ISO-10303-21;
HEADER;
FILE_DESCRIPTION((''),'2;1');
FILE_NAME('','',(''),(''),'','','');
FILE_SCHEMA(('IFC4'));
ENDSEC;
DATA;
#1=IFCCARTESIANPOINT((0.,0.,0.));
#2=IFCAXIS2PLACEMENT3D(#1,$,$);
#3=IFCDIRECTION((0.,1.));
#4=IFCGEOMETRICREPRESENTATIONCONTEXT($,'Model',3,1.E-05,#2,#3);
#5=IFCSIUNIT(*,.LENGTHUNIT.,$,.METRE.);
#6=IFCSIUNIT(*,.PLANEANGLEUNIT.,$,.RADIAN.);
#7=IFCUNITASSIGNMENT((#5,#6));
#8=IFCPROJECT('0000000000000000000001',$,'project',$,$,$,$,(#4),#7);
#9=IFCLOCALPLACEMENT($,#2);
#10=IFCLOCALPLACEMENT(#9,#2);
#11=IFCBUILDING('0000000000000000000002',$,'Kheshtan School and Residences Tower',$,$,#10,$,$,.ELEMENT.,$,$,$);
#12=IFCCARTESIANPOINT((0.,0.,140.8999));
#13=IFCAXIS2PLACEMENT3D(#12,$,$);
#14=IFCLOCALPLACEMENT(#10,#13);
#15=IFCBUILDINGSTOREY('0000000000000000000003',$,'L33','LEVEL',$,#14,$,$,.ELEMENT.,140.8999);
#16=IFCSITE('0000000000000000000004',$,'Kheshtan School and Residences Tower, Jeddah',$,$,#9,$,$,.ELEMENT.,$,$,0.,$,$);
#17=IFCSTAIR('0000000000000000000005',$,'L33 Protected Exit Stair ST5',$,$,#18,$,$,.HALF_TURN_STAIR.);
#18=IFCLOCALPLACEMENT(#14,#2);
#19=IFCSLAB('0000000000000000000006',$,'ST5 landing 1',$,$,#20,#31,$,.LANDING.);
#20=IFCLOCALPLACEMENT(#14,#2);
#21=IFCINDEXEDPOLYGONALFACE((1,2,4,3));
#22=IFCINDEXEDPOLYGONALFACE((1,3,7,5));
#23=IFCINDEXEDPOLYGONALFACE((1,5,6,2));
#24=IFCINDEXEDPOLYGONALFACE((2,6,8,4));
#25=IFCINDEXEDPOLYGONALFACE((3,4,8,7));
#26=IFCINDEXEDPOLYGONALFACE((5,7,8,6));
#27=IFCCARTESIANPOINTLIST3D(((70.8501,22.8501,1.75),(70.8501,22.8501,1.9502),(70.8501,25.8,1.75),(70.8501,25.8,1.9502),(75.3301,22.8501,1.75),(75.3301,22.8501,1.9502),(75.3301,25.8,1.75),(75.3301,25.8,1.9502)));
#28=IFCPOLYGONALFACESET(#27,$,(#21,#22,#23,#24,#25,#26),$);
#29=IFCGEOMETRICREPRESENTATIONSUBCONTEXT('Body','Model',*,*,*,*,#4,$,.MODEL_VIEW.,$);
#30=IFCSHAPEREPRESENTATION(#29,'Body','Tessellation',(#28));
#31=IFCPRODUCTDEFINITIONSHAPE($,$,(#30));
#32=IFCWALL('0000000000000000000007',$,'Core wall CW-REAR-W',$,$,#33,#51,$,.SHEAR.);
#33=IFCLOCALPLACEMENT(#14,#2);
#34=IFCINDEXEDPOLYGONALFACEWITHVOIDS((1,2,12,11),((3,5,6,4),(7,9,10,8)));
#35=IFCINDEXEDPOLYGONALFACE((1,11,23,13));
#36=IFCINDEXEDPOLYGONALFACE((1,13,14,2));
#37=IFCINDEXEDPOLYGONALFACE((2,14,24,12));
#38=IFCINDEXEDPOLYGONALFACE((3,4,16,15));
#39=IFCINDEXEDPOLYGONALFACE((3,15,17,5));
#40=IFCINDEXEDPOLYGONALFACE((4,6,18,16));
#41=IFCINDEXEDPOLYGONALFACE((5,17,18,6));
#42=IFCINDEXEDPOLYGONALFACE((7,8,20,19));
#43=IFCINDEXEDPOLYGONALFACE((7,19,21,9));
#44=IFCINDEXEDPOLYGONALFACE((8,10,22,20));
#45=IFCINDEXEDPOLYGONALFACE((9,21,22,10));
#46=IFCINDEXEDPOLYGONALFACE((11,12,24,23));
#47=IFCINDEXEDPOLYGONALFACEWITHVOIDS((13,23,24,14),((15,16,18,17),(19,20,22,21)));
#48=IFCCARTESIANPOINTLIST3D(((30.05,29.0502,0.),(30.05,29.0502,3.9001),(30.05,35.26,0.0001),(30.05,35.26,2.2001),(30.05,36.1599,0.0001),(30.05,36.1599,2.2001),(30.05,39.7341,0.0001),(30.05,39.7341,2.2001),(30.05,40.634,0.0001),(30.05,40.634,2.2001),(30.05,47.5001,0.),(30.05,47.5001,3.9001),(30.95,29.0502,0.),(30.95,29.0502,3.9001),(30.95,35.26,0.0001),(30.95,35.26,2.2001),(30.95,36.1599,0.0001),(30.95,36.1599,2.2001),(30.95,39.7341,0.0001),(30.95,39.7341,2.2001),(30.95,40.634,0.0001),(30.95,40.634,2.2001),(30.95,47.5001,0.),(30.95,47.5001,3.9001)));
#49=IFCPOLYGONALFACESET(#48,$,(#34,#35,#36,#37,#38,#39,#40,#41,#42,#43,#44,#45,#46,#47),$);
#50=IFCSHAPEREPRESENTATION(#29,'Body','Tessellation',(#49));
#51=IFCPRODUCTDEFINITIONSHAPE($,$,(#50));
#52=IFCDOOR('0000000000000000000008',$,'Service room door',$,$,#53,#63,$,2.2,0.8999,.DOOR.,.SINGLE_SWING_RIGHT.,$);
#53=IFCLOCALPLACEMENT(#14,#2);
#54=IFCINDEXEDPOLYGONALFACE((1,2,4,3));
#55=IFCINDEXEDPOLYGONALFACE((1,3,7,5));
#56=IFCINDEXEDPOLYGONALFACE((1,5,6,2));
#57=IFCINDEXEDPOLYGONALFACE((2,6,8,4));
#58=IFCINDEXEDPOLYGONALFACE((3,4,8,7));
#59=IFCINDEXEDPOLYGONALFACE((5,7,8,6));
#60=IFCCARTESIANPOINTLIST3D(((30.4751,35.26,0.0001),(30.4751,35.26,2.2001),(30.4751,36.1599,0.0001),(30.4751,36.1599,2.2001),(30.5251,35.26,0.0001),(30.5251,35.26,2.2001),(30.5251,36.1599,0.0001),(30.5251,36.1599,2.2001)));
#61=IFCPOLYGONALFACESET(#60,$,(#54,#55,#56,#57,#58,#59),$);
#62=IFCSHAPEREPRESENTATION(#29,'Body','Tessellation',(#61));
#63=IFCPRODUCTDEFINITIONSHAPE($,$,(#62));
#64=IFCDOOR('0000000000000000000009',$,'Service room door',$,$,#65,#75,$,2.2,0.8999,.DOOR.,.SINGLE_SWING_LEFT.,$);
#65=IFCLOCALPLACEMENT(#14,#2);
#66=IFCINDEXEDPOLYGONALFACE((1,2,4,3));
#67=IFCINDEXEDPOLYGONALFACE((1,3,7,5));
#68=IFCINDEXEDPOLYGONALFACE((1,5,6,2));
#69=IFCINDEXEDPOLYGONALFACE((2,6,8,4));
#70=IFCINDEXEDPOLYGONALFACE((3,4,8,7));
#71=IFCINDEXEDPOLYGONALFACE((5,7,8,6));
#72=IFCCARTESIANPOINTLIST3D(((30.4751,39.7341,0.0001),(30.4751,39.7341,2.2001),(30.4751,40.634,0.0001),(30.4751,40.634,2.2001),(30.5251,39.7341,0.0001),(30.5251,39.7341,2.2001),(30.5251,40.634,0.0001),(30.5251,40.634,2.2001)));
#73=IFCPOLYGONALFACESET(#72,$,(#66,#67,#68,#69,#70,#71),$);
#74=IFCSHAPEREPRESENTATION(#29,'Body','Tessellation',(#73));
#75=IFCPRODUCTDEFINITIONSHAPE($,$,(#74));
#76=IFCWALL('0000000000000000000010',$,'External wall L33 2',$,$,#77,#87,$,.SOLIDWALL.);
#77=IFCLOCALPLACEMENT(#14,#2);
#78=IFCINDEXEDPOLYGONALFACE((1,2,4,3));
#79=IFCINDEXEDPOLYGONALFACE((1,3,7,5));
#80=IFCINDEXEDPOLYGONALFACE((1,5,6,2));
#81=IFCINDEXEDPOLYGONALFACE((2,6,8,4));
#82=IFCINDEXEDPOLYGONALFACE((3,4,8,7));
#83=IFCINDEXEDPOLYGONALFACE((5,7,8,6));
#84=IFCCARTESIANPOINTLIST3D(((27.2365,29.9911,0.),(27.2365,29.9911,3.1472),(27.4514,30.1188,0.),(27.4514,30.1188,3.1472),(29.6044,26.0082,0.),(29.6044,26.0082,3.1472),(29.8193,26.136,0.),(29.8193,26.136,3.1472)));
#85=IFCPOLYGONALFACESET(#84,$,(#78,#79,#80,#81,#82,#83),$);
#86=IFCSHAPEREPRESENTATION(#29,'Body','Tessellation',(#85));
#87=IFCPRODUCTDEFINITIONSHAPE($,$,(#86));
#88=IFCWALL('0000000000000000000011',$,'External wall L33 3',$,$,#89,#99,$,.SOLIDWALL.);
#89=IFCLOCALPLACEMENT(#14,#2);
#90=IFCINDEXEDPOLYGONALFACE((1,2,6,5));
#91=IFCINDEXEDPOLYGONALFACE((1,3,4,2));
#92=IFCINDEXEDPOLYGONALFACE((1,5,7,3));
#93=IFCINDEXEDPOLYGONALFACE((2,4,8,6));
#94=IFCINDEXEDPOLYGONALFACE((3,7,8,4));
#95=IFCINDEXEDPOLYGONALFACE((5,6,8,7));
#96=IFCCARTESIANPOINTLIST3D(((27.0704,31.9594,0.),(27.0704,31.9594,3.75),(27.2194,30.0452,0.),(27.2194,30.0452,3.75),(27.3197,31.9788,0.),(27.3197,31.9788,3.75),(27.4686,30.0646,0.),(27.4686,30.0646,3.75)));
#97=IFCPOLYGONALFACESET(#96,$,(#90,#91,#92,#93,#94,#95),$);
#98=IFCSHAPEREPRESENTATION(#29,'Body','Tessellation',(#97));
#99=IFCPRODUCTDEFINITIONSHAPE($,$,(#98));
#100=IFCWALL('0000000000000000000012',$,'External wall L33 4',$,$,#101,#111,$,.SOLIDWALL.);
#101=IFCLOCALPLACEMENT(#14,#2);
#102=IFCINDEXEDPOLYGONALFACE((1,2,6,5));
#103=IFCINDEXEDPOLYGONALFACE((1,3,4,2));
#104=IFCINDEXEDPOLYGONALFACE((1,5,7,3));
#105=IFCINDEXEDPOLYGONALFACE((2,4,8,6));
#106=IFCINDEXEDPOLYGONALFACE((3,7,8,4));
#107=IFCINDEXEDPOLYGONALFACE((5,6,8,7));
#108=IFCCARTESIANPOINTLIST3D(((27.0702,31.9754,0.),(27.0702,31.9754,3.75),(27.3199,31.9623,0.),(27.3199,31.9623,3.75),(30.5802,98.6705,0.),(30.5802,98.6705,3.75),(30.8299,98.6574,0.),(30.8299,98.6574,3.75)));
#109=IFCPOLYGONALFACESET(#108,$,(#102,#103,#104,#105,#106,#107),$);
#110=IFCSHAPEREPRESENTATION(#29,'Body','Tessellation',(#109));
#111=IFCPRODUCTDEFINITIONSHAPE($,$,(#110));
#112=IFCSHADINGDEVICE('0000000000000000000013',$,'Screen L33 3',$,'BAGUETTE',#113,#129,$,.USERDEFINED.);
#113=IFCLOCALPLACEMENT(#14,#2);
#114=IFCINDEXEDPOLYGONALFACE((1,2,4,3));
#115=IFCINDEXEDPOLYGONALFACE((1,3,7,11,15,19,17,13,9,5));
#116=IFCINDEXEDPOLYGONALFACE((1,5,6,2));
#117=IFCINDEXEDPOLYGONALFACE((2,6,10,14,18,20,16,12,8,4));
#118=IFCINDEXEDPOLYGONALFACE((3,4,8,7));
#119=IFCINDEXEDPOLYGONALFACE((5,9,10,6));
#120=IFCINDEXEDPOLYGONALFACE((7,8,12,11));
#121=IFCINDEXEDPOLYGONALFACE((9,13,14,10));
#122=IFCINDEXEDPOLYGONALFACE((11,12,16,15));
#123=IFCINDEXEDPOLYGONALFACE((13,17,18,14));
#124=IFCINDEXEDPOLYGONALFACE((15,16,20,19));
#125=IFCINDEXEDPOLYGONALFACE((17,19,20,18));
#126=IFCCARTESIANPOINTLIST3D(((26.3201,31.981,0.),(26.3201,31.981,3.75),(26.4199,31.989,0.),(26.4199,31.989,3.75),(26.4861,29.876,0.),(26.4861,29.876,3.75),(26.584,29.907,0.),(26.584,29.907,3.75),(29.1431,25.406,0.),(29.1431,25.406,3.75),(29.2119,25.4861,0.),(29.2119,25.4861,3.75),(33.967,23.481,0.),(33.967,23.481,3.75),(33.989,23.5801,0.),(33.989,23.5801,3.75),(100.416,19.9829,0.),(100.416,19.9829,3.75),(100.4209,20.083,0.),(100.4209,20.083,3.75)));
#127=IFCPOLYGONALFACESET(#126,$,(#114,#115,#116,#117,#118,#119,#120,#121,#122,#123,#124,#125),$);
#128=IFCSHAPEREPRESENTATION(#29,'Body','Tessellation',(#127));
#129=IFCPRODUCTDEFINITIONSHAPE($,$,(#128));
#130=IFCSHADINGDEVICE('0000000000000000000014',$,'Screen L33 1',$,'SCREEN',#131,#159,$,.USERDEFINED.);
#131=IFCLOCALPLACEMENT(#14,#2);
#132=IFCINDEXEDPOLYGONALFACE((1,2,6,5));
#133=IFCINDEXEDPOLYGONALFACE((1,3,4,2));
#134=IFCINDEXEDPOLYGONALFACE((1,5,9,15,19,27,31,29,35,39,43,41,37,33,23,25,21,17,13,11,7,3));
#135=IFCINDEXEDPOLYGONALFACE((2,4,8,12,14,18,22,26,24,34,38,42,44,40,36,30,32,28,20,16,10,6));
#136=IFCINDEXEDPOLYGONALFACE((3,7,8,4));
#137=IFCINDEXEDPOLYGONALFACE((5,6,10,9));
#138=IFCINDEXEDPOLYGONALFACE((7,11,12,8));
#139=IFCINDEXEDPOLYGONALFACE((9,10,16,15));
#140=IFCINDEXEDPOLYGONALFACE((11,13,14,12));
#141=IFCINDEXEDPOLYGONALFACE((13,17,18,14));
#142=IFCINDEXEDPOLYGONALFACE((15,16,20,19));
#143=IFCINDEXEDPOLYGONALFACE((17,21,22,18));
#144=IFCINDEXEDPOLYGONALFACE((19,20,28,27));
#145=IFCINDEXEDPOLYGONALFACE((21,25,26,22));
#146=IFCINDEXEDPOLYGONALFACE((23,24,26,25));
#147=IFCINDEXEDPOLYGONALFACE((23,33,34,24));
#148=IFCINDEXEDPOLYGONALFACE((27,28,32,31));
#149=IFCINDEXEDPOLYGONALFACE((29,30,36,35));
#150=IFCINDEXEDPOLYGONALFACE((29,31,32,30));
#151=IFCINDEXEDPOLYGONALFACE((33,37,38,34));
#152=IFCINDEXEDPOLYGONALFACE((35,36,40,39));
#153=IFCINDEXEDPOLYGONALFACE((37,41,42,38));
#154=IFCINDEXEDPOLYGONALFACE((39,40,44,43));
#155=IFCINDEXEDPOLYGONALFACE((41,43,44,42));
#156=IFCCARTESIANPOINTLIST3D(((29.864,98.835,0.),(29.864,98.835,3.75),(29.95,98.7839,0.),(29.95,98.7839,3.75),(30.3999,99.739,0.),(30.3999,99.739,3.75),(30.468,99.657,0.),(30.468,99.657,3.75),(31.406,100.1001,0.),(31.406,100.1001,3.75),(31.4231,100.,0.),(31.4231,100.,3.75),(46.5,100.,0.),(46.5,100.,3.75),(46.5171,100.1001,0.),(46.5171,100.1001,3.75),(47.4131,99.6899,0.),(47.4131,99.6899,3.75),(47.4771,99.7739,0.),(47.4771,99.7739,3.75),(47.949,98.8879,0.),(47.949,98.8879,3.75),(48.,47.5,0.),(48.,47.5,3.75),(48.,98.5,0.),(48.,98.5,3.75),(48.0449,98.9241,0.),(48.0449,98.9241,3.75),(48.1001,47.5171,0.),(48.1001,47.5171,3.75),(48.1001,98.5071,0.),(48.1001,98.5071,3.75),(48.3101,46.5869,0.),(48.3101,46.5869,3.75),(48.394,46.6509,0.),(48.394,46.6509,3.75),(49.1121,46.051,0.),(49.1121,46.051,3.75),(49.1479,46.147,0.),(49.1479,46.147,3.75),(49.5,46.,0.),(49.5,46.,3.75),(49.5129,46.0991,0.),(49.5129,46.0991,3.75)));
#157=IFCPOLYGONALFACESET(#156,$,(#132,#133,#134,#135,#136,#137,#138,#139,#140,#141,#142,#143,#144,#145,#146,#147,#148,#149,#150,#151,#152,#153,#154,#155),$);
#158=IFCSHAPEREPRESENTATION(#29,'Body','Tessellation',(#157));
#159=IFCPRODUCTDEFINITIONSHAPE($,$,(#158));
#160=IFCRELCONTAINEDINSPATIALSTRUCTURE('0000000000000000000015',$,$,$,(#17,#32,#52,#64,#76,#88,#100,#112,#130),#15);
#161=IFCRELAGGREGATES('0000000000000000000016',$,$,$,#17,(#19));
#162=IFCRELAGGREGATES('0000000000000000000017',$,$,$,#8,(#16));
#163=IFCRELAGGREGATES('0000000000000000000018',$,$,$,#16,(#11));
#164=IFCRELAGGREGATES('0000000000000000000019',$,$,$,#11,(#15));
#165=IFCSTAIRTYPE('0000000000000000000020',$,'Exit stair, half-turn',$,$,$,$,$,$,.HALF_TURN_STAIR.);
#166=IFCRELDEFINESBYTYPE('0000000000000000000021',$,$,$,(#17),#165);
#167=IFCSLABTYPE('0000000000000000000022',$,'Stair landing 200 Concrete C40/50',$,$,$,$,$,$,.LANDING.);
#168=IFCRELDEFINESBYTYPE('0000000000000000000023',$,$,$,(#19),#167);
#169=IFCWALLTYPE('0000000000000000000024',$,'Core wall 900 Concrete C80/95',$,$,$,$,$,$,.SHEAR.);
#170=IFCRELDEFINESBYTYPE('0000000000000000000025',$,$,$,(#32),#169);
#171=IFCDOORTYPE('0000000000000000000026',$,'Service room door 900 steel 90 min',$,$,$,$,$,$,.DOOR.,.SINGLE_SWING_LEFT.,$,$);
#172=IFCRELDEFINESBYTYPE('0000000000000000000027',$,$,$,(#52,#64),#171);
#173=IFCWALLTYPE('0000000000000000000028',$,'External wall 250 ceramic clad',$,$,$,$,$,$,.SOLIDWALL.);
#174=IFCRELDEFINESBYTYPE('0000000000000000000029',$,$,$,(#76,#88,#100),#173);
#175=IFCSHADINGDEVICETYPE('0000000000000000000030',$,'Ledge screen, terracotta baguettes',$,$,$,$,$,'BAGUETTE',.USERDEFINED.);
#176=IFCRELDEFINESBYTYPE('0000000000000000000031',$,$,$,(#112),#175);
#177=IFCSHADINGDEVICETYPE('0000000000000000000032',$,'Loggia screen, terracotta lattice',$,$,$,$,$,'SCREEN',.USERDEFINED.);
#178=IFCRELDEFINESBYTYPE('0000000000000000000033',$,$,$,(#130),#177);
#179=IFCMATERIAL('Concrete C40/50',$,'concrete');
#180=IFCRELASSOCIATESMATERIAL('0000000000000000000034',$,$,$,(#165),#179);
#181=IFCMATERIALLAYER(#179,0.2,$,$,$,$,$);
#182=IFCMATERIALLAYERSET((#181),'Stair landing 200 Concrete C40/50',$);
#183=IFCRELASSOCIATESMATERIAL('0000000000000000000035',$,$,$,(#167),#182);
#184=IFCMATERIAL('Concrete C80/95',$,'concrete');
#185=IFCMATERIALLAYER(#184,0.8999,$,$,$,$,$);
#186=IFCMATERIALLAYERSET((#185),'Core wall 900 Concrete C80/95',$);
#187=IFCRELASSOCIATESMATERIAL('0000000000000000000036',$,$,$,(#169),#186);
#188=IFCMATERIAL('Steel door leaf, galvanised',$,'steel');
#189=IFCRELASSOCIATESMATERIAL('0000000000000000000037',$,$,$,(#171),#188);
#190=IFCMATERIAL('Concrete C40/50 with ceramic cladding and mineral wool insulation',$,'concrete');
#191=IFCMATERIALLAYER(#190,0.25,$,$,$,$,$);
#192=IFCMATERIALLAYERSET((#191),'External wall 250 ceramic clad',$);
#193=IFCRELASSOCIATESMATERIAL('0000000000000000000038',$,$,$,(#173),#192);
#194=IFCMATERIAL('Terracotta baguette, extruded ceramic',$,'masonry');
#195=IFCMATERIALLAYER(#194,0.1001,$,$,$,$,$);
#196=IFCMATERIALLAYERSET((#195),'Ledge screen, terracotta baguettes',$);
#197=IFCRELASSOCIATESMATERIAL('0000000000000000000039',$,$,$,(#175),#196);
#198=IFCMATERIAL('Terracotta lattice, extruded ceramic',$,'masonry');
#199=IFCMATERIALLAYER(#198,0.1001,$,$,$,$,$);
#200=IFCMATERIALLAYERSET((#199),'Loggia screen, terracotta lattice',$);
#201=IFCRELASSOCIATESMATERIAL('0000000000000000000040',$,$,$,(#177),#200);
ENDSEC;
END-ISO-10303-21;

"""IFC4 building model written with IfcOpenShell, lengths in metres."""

from ifc_helpers import new_model, si_unit, direction, frame, frame_2d, origin, place, context, subcontext, project, spatial, polyline, rectangle, outline, extrude, source, transform, mapped, material, layer, layer_set, type_object, element, fill, aggregate, save


model = new_model("IFC4")

# Units and contexts
model_context = context("Model", 3, precision=1e-05, world=origin(), true_north=direction((0.0, 1.0)))
body_context = subcontext(model_context, "Body", "Model", "MODEL_VIEW")
ifc_project = project(units=[si_unit("LENGTHUNIT", "METRE"), si_unit("PLANEANGLEUNIT", "RADIAN")], contexts=[model_context])

# Site, building, storey
site_placement = place(None, origin())
site = spatial("IfcSite", under=ifc_project, at=site_placement, Name="Kheshtan School and Residences Tower, Jeddah", CompositionType="ELEMENT", RefElevation=0.0)
building_placement = place(site_placement, origin())
building = spatial("IfcBuilding", under=site, at=building_placement, Name="Kheshtan School and Residences Tower", CompositionType="ELEMENT")
storey_placement = place(building_placement, frame((0.0, 0.0, 140.8999)))
storey = spatial("IfcBuildingStorey", under=building, at=storey_placement, Name="L33", Description="LEVEL", CompositionType="ELEMENT", Elevation=140.8999)

# Shared definitions
ifc_material_1 = material(Name="Concrete C40/50", Category="concrete")

# Stair, slab
stair_type = type_object("IfcStairType", Name="Exit stair, half-turn", PredefinedType="HALF_TURN_STAIR", material=ifc_material_1)
ifc_layer_1 = layer(ifc_material_1, 0.2)
ifc_layer_set_1 = layer_set([ifc_layer_1], Name="Stair landing 200 Concrete C40/50")
slab_type_1 = type_object("IfcSlabType", Name="Stair landing 200 Concrete C40/50", PredefinedType="LANDING", material=ifc_layer_set_1)
stair_1_placement = place(storey_placement, origin())
stair_1 = element("IfcStair", 1, at=stair_1_placement, inside=storey, type_object=stair_type, Name="L33 Protected Exit Stair ST5", PredefinedType="HALF_TURN_STAIR")
slab_1_placement = place(storey_placement, frame((0.0, 0.0, 1.75)))
slab_1 = element("IfcSlab", 2, at=slab_1_placement, type_object=slab_type_1, Name="ST5 landing 1", PredefinedType="LANDING", context=body_context, shape_type="SweptSolid", body=[
    extrude(outline(polyline([(75.3301, 25.8), (70.8501, 25.8), (70.8501, 22.8501), (75.3301, 22.8501), (75.3301, 25.8)])), origin(), (0.0, 0.0, 1.0), 0.2002),
])
aggregate(stair_1, [slab_1])

# Wall, openings, doors
ifc_material_2 = material(Name="Concrete C80/95", Category="concrete")
ifc_layer_2 = layer(ifc_material_2, 0.8999)
ifc_layer_set_2 = layer_set([ifc_layer_2], Name="Core wall 900 Concrete C80/95")
wall_type_1 = type_object("IfcWallType", Name="Core wall 900 Concrete C80/95", PredefinedType="SHEAR", material=ifc_layer_set_2)
wall_1_placement = place(storey_placement, frame((30.5, 29.05, 0.0), z_axis=(0.0, 0.0, 1.0), x_axis=(0.0, 1.0, 0.0)))
wall_1 = element("IfcWall", 3, at=wall_1_placement, inside=storey, type_object=wall_type_1, Name="Core wall CW-REAR-W", PredefinedType="SHEAR", context=body_context, shape_type="SweptSolid", body=[
    extrude(rectangle(XDim=18.45, YDim=0.8999, at=frame_2d((9.2251, 0.0))), origin(), (0.0, 0.0, 1.0), 3.9001),
])
opening_1_placement = place(wall_1_placement, frame((6.21, 0.0, 0.0)))
opening_1 = element("IfcOpeningElement", 4, at=opening_1_placement, cuts=wall_1, PredefinedType="OPENING", context=body_context, shape_type="SweptSolid", body=[
    extrude(rectangle(XDim=0.8999, YDim=2.2, at=frame_2d((0.45, 1.1001))), frame((0.0, 0.46, 0.0), z_axis=(0.0, -1.0, 0.0), x_axis=(1.0, 0.0, 0.0)), (0.0, 0.0, 1.0), 0.9199),
])
opening_2_placement = place(wall_1_placement, frame((10.6841, 0.0, 0.0)))
opening_2 = element("IfcOpeningElement", 5, at=opening_2_placement, cuts=wall_1, PredefinedType="OPENING", context=body_context, shape_type="SweptSolid", body=[
    extrude(rectangle(XDim=0.8999, YDim=2.2, at=frame_2d((0.45, 1.1001))), frame((0.0, 0.46, 0.0), z_axis=(0.0, -1.0, 0.0), x_axis=(1.0, 0.0, 0.0)), (0.0, 0.0, 1.0), 0.9199),
])
ifc_material_3 = material(Name="Steel door leaf, galvanised", Category="steel")
door_type = type_object("IfcDoorType", Name="Service room door 900 steel 90 min", OperationType="SINGLE_SWING_LEFT", PredefinedType="DOOR", material=ifc_material_3)
shared_shape = source(origin(), body_context, "Body", "SweptSolid", [
    extrude(rectangle(XDim=0.8999, YDim=2.2, at=frame_2d((0.45, 1.1001))), frame((0.0, 0.0249, 0.0), z_axis=(0.0, -1.0, 0.0), x_axis=(1.0, 0.0, 0.0)), (0.0, 0.0, 1.0), 0.05),
])
door_1_placement = place(opening_1_placement, origin())
door_1 = element("IfcDoor", 6, at=door_1_placement, inside=storey, type_object=door_type, Name="Service room door", OperationType="SINGLE_SWING_RIGHT", OverallHeight=2.2, OverallWidth=0.8999, PredefinedType="DOOR", context=body_context, shape_type="MappedRepresentation", body=[
    mapped(shared_shape, transform((0.0, 0.0, 0.0), x_axis=(1.0, 0.0, 0.0), y_axis=(0.0, 1.0, 0.0), z_axis=(0.0, 0.0, 1.0), scale=1.0)),
])
fill(opening_1, door_1)
door_2_placement = place(opening_2_placement, origin())
door_2 = element("IfcDoor", 7, at=door_2_placement, inside=storey, type_object=door_type, Name="Service room door", OperationType="SINGLE_SWING_LEFT", OverallHeight=2.2, OverallWidth=0.8999, PredefinedType="DOOR", context=body_context, shape_type="MappedRepresentation", body=[
    mapped(shared_shape, transform((0.0, 0.0, 0.0), x_axis=(1.0, 0.0, 0.0), y_axis=(0.0, 1.0, 0.0), z_axis=(0.0, 0.0, 1.0), scale=1.0)),
])
fill(opening_2, door_2)

# Walls
ifc_material_4 = material(Name="Concrete C40/50 with ceramic cladding and mineral wool insulation", Category="concrete")
ifc_layer_3 = layer(ifc_material_4, 0.25)
ifc_layer_set_3 = layer_set([ifc_layer_3], Name="External wall 250 ceramic clad")
wall_type_2 = type_object("IfcWallType", Name="External wall 250 ceramic clad", PredefinedType="SOLIDWALL", material=ifc_layer_set_3)
wall_2_placement = place(storey_placement, frame((29.7119, 26.072, 0.0), z_axis=(0.0, 0.0, 1.0), x_axis=(-0.511028, 0.859564, 0.0)))
element("IfcWall", 8, at=wall_2_placement, inside=storey, type_object=wall_type_2, Name="External wall L33 2", PredefinedType="SOLIDWALL", context=body_context, shape_type="SweptSolid", body=[
    extrude(rectangle(XDim=4.6335, YDim=0.25, at=frame_2d((2.3169, 0.0))), origin(), (0.0, 0.0, 1.0), 3.1472),
])
wall_3_placement = place(storey_placement, frame((27.344, 30.0549, 0.0), z_axis=(0.0, 0.0, 1.0), x_axis=(-0.077572, 0.996987, 0.0)))
element("IfcWall", 9, at=wall_3_placement, inside=storey, type_object=wall_type_2, Name="External wall L33 3", PredefinedType="SOLIDWALL", context=body_context, shape_type="SweptSolid", body=[
    extrude(rectangle(XDim=1.9199, YDim=0.25, at=frame_2d((0.96, 0.0))), origin(), (0.0, 0.0, 1.0), 3.75),
])
wall_4_placement = place(storey_placement, frame((27.1951, 31.969, 0.0), z_axis=(0.0, 0.0, 1.0), x_axis=(0.052555, 0.998618, 0.0)))
element("IfcWall", 10, at=wall_4_placement, inside=storey, type_object=wall_type_2, Name="External wall L33 4", PredefinedType="SOLIDWALL", context=body_context, shape_type="SweptSolid", body=[
    extrude(rectangle(XDim=66.7874, YDim=0.25, at=frame_2d((33.3936, 0.0))), origin(), (0.0, 0.0, 1.0), 3.75),
])

# Shading devices
ifc_material_5 = material(Name="Terracotta baguette, extruded ceramic", Category="masonry")
ifc_layer_4 = layer(ifc_material_5, 0.1001)
ifc_layer_set_4 = layer_set([ifc_layer_4], Name="Ledge screen, terracotta baguettes")
shading_device_type_1 = type_object("IfcShadingDeviceType", Name="Ledge screen, terracotta baguettes", ElementType="BAGUETTE", PredefinedType="USERDEFINED", material=ifc_layer_set_4)
shading_device_1_placement = place(storey_placement, origin())
element("IfcShadingDevice", 11, at=shading_device_1_placement, inside=storey, type_object=shading_device_type_1, Name="Screen L33 3", ObjectType="BAGUETTE", PredefinedType="USERDEFINED", context=body_context, shape_type="SweptSolid", body=[
    extrude(outline(polyline([(100.4209, 20.083), (33.989, 23.5801), (29.2119, 25.4861), (26.584, 29.907), (26.4199, 31.989), (26.3201, 31.981), (26.4861, 29.876), (29.1431, 25.406), (33.967, 23.481), (100.416, 19.9829), (100.4209, 20.083)])), origin(), (0.0, 0.0, 1.0), 3.75),
])
ifc_material_6 = material(Name="Terracotta lattice, extruded ceramic", Category="masonry")
ifc_layer_5 = layer(ifc_material_6, 0.1001)
ifc_layer_set_5 = layer_set([ifc_layer_5], Name="Loggia screen, terracotta lattice")
shading_device_type_2 = type_object("IfcShadingDeviceType", Name="Loggia screen, terracotta lattice", ElementType="SCREEN", PredefinedType="USERDEFINED", material=ifc_layer_set_5)
shading_device_2_placement = place(storey_placement, origin())
element("IfcShadingDevice", 12, at=shading_device_2_placement, inside=storey, type_object=shading_device_type_2, Name="Screen L33 1", ObjectType="SCREEN", PredefinedType="USERDEFINED", context=body_context, shape_type="SweptSolid", body=[
    extrude(outline(polyline([(29.95, 98.7839), (30.468, 99.657), (31.4231, 100.0), (46.5, 100.0), (47.4131, 99.6899), (47.949, 98.8879), (48.0, 98.5), (48.0, 47.5), (48.3101, 46.5869), (49.1121, 46.051), (49.5, 46.0), (49.5129, 46.0991), (49.1479, 46.147), (48.394, 46.6509), (48.1001, 47.5171), (48.1001, 98.5071), (48.0449, 98.9241), (47.4771, 99.7739), (46.5171, 100.1001), (31.406, 100.1001), (30.3999, 99.739), (29.864, 98.835), (29.95, 98.7839)])), origin(), (0.0, 0.0, 1.0), 3.75),
])

save(model, "model.ifc")
